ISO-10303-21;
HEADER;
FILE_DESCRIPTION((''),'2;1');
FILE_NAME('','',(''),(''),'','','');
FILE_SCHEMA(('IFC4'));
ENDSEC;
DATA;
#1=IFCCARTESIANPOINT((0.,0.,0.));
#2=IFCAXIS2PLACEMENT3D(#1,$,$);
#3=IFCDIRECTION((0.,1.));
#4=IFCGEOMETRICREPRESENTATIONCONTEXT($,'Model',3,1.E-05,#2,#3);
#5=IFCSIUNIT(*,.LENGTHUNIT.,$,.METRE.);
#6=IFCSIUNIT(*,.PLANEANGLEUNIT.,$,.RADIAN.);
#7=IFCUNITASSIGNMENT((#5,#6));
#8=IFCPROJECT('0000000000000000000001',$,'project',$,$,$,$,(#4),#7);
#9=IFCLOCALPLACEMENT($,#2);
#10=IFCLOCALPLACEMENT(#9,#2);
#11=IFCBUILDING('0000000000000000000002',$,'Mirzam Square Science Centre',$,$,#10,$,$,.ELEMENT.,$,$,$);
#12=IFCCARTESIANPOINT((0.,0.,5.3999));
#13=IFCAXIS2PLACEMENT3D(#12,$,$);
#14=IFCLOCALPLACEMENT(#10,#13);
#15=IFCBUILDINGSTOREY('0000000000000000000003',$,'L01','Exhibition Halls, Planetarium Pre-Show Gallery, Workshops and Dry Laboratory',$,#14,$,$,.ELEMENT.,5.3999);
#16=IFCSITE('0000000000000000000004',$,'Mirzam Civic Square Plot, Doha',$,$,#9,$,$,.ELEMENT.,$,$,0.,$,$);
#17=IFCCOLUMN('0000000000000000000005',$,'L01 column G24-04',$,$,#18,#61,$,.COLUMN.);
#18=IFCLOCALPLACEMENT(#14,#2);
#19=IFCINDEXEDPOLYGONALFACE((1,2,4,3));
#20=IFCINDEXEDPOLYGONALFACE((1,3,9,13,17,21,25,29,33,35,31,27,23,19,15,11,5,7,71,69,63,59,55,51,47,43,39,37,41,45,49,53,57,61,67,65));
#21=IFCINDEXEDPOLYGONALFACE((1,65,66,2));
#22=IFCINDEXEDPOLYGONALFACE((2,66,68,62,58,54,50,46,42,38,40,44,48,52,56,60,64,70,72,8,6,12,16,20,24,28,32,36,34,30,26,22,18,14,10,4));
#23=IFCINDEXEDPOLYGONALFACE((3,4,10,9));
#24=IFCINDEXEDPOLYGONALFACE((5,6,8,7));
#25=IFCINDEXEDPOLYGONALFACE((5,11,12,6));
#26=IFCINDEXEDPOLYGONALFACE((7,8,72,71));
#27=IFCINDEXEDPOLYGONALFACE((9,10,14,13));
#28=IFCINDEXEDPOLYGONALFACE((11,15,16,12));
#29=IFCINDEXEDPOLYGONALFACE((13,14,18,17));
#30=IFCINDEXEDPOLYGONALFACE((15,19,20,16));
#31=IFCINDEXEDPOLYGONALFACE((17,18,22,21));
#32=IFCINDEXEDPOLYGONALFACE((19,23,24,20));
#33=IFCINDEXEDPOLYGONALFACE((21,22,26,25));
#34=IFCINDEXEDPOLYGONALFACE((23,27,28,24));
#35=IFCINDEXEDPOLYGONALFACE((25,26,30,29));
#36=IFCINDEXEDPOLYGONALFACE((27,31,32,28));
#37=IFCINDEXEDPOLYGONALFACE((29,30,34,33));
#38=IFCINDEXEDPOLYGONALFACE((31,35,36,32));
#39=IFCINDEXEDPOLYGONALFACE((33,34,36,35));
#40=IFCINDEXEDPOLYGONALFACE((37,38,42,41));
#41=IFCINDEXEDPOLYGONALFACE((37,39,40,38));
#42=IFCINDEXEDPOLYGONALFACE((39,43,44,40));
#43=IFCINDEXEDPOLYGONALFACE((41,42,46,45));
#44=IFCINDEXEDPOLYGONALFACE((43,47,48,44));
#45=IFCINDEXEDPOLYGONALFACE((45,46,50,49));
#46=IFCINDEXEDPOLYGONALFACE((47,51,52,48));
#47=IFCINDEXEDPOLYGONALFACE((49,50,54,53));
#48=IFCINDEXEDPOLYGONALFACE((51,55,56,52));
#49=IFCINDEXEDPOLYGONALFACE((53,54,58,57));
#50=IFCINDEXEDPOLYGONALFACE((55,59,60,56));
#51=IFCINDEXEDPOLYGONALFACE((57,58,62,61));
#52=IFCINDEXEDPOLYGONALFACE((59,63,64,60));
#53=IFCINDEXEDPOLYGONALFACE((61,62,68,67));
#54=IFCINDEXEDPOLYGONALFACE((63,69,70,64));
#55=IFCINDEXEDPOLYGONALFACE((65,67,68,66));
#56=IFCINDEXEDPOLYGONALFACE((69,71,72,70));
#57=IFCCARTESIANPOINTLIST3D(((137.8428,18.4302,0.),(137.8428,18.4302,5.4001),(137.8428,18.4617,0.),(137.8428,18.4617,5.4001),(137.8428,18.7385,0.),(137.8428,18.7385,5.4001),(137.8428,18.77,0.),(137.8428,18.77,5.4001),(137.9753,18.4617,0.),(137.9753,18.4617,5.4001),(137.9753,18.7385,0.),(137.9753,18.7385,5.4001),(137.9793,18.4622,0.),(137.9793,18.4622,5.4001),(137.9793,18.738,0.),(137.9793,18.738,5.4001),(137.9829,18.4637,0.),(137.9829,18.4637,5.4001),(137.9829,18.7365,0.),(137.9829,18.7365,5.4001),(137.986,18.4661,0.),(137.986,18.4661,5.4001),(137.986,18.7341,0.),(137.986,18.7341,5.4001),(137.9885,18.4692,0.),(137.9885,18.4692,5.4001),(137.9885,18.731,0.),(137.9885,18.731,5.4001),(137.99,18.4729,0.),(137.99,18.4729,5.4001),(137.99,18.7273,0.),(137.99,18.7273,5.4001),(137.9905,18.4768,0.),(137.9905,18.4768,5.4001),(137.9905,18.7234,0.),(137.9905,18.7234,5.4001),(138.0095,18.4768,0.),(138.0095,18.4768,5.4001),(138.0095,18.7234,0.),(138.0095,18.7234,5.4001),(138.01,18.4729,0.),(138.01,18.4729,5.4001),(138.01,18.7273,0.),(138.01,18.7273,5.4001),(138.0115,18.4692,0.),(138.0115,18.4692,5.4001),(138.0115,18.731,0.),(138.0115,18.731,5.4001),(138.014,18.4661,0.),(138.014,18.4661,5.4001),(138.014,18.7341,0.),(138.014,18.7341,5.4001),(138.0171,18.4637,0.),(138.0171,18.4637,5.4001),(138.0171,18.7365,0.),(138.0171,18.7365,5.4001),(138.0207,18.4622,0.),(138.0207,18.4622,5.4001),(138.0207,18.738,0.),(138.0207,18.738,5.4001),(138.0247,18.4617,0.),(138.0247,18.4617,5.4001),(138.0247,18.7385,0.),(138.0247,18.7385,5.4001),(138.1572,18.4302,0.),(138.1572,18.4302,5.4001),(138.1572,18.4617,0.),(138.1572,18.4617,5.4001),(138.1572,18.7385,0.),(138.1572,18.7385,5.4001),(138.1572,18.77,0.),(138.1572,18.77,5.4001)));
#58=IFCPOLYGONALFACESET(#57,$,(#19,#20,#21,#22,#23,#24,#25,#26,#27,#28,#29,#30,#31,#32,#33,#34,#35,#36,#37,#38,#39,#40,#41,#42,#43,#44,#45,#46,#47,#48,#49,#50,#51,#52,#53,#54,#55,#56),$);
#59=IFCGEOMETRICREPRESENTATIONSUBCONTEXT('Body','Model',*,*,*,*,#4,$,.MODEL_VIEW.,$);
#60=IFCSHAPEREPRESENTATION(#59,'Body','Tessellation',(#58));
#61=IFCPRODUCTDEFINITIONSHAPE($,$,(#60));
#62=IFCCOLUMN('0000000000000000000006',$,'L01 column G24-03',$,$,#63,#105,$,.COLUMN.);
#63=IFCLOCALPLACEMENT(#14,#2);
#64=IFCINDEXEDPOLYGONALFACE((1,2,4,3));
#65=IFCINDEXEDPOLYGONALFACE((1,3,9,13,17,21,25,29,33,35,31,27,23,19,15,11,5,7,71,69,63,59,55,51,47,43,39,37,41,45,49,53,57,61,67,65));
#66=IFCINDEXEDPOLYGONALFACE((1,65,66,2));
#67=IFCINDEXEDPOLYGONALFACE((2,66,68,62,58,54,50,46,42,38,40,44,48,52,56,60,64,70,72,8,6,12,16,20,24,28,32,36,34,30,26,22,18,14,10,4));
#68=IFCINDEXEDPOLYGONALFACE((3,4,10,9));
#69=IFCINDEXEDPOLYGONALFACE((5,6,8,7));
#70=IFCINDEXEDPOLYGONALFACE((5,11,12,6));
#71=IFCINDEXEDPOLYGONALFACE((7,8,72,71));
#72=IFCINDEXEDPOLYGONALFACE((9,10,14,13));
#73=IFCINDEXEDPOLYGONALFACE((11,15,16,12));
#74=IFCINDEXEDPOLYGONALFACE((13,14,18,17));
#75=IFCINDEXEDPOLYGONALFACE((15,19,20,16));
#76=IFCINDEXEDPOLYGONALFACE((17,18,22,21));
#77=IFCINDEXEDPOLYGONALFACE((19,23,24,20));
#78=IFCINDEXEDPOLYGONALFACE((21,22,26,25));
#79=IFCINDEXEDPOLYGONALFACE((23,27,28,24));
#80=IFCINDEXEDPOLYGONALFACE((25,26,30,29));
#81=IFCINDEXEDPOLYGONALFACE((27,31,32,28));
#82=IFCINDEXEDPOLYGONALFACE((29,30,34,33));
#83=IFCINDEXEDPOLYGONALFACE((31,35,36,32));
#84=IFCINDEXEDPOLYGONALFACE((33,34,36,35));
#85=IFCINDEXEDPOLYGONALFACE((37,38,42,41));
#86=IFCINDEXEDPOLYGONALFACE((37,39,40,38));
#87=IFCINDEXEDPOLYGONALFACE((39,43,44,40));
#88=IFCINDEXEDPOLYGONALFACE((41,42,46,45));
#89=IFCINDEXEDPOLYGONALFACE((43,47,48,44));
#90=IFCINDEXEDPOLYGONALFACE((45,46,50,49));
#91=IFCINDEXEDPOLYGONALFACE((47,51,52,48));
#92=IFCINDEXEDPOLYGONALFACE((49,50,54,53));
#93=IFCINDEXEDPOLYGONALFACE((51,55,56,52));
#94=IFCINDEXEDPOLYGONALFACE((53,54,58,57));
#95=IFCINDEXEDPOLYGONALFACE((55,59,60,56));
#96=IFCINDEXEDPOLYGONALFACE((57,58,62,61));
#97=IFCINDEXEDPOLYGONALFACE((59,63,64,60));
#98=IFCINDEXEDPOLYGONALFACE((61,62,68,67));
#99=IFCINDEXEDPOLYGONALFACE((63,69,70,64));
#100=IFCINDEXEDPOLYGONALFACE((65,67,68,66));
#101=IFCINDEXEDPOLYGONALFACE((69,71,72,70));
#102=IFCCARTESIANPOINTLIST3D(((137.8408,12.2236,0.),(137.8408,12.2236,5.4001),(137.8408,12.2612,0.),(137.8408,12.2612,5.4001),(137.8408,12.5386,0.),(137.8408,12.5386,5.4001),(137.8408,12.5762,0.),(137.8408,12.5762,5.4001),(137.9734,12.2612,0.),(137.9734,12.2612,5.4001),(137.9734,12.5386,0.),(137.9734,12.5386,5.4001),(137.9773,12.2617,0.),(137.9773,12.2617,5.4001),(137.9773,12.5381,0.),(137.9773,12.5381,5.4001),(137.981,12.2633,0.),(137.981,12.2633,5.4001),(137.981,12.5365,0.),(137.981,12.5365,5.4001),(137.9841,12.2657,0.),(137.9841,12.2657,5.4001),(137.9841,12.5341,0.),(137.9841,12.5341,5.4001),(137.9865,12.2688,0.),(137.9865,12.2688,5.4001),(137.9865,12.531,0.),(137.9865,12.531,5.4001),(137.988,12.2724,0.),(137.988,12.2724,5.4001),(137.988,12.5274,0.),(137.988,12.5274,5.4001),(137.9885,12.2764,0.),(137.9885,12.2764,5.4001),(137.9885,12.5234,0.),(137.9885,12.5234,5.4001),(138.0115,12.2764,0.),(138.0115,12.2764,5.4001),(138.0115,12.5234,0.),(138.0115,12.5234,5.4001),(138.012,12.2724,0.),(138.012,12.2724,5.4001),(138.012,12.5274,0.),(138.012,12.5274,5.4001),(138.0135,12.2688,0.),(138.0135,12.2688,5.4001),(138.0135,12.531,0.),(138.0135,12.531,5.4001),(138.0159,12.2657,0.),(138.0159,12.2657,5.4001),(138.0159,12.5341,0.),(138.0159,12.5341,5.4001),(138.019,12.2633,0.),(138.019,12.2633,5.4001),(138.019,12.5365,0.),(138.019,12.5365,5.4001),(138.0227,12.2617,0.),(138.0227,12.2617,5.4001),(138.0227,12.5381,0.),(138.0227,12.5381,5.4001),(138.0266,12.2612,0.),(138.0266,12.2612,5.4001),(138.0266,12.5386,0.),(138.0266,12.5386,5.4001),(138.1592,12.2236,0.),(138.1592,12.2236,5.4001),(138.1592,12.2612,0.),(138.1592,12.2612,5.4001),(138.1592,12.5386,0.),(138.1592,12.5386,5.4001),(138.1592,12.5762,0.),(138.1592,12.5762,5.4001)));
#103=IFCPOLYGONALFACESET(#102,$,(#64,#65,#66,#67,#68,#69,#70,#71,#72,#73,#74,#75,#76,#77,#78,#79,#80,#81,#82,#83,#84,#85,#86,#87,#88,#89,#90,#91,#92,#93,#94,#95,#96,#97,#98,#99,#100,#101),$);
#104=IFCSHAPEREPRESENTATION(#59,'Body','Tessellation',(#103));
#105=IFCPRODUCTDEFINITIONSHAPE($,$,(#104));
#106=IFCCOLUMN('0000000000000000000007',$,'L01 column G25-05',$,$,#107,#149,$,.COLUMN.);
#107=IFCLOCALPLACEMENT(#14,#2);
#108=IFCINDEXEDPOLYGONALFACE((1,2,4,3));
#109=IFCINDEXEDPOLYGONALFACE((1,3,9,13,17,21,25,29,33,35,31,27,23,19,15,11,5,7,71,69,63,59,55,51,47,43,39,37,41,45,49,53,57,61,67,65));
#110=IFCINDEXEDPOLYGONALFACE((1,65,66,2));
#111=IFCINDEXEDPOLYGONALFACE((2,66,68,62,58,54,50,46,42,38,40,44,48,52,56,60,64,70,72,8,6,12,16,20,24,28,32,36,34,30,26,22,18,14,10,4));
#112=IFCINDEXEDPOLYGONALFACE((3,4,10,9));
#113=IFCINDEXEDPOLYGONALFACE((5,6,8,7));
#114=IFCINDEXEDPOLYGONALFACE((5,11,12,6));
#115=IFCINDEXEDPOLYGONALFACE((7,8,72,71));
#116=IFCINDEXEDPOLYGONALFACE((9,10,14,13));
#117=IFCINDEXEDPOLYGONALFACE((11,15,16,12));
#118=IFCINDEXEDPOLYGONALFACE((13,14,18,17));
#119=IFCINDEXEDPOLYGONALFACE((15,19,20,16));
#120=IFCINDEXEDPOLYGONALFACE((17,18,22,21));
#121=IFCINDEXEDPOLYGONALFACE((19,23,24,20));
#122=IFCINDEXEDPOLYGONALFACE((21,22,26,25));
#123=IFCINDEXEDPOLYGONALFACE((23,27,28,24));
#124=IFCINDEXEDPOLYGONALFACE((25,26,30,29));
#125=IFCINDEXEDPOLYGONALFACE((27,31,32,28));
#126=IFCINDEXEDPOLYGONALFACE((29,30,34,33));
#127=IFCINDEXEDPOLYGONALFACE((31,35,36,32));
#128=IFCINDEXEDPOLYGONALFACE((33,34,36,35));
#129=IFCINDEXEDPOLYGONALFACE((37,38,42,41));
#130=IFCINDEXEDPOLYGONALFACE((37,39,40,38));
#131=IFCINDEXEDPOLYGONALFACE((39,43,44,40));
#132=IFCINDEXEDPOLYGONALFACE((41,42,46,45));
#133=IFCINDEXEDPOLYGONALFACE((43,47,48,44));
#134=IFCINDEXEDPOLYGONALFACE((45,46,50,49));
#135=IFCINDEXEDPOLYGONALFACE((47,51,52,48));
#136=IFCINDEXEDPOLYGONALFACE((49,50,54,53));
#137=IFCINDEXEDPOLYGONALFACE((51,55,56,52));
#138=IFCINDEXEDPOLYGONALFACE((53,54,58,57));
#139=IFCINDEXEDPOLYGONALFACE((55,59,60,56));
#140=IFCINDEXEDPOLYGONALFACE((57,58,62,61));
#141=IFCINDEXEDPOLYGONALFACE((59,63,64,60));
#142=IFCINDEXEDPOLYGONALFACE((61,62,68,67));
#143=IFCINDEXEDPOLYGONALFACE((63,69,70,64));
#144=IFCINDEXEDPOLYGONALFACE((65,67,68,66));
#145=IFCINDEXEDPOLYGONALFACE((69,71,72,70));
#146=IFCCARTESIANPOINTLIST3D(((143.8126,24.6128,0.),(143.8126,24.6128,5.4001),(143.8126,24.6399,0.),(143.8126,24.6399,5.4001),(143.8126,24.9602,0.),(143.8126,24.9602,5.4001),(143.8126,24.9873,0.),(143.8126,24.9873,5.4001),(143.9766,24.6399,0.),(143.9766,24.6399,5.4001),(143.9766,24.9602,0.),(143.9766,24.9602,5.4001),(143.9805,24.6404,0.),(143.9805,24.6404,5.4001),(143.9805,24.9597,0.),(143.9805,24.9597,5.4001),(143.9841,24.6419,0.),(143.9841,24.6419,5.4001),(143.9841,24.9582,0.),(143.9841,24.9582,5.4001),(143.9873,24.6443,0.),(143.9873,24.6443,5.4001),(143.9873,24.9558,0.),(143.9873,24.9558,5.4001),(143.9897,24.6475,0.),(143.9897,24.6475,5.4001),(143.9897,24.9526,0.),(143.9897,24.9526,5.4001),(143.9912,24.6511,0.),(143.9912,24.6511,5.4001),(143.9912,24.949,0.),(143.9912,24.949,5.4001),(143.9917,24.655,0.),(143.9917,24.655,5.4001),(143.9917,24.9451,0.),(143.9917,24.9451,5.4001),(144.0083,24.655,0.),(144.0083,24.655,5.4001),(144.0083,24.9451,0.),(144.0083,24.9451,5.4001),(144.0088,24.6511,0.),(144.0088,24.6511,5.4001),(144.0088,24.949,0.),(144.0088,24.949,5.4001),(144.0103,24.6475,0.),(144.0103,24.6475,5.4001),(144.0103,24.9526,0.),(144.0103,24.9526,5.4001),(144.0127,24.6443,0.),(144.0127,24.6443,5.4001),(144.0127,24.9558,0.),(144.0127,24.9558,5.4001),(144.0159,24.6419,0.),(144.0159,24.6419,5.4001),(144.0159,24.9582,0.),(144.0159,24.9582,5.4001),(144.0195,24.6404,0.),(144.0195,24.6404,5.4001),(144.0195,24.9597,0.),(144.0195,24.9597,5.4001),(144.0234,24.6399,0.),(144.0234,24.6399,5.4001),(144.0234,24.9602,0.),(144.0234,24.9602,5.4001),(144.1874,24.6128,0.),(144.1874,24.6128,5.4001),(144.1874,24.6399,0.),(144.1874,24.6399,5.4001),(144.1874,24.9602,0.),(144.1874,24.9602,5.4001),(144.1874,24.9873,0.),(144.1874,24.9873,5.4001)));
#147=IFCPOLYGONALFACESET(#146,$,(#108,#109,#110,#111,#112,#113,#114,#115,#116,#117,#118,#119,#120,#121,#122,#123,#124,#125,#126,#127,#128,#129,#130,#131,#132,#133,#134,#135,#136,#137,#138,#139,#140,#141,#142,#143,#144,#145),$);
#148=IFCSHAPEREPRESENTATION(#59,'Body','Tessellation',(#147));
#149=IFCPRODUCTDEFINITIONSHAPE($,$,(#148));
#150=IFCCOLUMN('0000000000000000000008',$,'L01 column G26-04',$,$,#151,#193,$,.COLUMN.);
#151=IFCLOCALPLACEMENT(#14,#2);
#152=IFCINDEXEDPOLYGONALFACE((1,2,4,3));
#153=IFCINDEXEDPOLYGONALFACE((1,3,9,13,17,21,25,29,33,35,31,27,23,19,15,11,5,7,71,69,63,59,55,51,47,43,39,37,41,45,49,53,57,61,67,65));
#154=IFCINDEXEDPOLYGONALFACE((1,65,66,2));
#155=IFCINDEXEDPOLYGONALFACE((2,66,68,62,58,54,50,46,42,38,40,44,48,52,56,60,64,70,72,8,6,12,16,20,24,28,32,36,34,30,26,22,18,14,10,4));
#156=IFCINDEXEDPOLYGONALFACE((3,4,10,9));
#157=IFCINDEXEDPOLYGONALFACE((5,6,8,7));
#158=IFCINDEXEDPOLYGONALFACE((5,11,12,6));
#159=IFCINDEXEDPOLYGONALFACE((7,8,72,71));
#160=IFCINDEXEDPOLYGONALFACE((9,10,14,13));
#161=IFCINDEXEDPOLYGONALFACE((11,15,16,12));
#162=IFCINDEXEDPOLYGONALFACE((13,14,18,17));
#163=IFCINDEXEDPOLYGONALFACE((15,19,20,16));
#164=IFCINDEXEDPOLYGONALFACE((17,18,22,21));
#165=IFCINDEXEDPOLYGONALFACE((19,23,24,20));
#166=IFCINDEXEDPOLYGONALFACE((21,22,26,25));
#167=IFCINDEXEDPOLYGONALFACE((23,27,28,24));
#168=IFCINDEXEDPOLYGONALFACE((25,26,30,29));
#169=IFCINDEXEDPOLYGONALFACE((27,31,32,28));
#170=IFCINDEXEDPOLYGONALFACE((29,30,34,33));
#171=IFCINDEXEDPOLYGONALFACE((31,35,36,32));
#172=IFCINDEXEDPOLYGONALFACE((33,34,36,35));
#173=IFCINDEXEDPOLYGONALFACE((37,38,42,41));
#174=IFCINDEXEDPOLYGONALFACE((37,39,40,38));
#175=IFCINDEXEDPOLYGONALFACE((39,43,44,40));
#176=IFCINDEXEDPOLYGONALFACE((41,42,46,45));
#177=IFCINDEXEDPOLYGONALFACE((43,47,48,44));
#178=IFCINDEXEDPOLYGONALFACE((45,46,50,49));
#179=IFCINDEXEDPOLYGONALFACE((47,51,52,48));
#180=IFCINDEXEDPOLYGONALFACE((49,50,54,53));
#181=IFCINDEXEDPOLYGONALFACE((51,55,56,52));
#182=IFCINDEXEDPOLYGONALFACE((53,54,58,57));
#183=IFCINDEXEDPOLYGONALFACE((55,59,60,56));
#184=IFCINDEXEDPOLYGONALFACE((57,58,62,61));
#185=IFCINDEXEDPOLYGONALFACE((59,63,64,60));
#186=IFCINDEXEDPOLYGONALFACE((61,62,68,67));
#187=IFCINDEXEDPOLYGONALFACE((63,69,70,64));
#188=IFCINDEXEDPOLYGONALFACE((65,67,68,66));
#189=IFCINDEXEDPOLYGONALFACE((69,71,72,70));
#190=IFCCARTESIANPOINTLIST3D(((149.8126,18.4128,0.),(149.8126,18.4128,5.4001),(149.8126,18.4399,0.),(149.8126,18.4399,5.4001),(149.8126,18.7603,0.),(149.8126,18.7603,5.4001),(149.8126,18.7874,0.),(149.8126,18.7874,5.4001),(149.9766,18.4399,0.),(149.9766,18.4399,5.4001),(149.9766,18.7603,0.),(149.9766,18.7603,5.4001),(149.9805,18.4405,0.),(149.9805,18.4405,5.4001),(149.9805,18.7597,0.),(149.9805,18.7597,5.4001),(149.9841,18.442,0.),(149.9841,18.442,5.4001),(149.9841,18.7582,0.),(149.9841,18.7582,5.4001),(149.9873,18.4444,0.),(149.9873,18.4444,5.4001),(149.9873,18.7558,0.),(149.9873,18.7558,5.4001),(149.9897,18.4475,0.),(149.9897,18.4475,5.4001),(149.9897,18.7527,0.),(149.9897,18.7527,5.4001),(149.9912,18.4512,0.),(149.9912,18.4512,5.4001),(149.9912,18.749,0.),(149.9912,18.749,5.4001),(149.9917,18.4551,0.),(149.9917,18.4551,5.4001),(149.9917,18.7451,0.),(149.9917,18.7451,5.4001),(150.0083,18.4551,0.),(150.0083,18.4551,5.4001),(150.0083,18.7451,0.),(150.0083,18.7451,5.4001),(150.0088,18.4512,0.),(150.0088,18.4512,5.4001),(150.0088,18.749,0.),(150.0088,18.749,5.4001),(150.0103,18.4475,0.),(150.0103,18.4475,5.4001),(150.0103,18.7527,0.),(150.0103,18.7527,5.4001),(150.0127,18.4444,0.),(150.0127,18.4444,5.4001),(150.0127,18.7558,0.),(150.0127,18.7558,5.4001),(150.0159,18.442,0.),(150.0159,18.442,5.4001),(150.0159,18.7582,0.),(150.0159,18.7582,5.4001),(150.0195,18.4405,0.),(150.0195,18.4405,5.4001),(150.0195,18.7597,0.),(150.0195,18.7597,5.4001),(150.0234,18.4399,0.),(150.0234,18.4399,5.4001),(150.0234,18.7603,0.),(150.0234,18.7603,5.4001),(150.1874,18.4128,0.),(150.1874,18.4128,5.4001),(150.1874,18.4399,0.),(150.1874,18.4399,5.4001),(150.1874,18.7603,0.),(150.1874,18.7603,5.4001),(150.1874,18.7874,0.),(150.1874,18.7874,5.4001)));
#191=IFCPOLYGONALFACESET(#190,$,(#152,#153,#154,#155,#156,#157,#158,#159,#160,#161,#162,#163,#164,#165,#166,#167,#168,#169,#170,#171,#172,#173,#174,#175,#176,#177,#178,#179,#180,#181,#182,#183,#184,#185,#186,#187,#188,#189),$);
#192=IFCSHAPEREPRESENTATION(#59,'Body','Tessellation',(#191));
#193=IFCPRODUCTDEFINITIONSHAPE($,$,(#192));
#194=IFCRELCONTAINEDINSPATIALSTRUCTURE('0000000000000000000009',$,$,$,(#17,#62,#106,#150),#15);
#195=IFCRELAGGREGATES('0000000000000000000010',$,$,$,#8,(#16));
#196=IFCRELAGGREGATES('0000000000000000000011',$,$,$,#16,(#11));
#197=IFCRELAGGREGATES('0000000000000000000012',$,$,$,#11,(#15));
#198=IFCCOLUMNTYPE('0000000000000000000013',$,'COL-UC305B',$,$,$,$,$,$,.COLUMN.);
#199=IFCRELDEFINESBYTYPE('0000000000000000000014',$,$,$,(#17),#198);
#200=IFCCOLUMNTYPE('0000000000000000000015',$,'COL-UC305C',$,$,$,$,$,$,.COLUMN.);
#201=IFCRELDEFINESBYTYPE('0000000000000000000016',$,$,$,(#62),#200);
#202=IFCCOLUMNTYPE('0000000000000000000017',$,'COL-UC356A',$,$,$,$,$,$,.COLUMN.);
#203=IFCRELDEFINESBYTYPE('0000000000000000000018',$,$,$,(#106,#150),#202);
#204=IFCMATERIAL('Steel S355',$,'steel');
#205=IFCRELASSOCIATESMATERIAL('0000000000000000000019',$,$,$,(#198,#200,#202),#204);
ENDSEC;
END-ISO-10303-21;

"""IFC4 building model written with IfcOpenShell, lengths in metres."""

from ifc_helpers import new_model, si_unit, direction, frame, origin, origin_2d, place, context, subcontext, project, spatial, i_section, extrude, material, material_profile, profile_set, type_object, element, save


model = new_model("IFC4")

# Units and contexts
model_context = context("Model", 3, precision=1e-05, world=origin(), true_north=direction((0.0, 1.0)))
body_context = subcontext(model_context, "Body", "Model", "MODEL_VIEW")
ifc_project = project(units=[si_unit("LENGTHUNIT", "METRE"), si_unit("PLANEANGLEUNIT", "RADIAN")], contexts=[model_context])

# Site, building, storey
site_placement = place(None, origin())
site = spatial("IfcSite", under=ifc_project, at=site_placement, Name="Mirzam Civic Square Plot, Doha", CompositionType="ELEMENT", RefElevation=0.0)
building_placement = place(site_placement, origin())
building = spatial("IfcBuilding", under=site, at=building_placement, Name="Mirzam Square Science Centre", CompositionType="ELEMENT")
storey_placement = place(building_placement, frame((0.0, 0.0, 5.3999)))
storey = spatial("IfcBuildingStorey", under=building, at=storey_placement, Name="L01", Description="Exhibition Halls, Planetarium Pre-Show Gallery, Workshops and Dry Laboratory", CompositionType="ELEMENT", Elevation=5.3999)

# Columns
ifc_material_1 = material(Name="Steel S355", Category="steel")
ifc_material_profile_1 = material_profile(ifc_material_1, i_section(OverallWidth=0.3145, OverallDepth=0.3398, WebThickness=0.019, FlangeThickness=0.0315, FilletRadius=0.0151, at=origin_2d()), Name="305x305x198UC")
ifc_profile_set_1 = profile_set([ifc_material_profile_1], Name="Steel S355")
column_type_1 = type_object("IfcColumnType", Name="COL-UC305B", PredefinedType="COLUMN", material=ifc_profile_set_1)
column_1_placement = place(storey_placement, frame((138.0, 18.6001, 0.0), z_axis=(0.0, 0.0, 1.0), x_axis=(1.0, 0.0, 0.0)))
element("IfcColumn", 1, at=column_1_placement, inside=storey, type_object=column_type_1, Name="L01 column G24-04", PredefinedType="COLUMN", context=body_context, shape_type="SweptSolid", body=[
    extrude(i_section(OverallWidth=0.3145, OverallDepth=0.3398, WebThickness=0.019, FlangeThickness=0.0315, FilletRadius=0.0151, at=origin_2d()), origin(), (0.0, 0.0, 1.0), 5.4001),
])
ifc_material_profile_2 = material_profile(ifc_material_1, i_section(OverallWidth=0.3184, OverallDepth=0.3525, WebThickness=0.0229, FlangeThickness=0.0376, FilletRadius=0.0151, at=origin_2d()), Name="305x305x240UC")
ifc_profile_set_2 = profile_set([ifc_material_profile_2], Name="Steel S355")
column_type_2 = type_object("IfcColumnType", Name="COL-UC305C", PredefinedType="COLUMN", material=ifc_profile_set_2)
column_2_placement = place(storey_placement, frame((138.0, 12.3999, 0.0), z_axis=(0.0, 0.0, 1.0), x_axis=(1.0, 0.0, 0.0)))
element("IfcColumn", 2, at=column_2_placement, inside=storey, type_object=column_type_2, Name="L01 column G24-03", PredefinedType="COLUMN", context=body_context, shape_type="SweptSolid", body=[
    extrude(i_section(OverallWidth=0.3184, OverallDepth=0.3525, WebThickness=0.0229, FlangeThickness=0.0376, FilletRadius=0.0151, at=origin_2d()), origin(), (0.0, 0.0, 1.0), 5.4001),
])
ifc_material_profile_3 = material_profile(ifc_material_1, i_section(OverallWidth=0.3748, OverallDepth=0.3745, WebThickness=0.0166, FlangeThickness=0.0271, FilletRadius=0.0151, at=origin_2d()), Name="356x368x202UC")
ifc_profile_set_3 = profile_set([ifc_material_profile_3], Name="Steel S355")
column_type_3 = type_object("IfcColumnType", Name="COL-UC356A", PredefinedType="COLUMN", material=ifc_profile_set_3)
for number, where, z_axis, x_axis, name in (
    (3, (144.0, 24.8, 0.0), (0.0, 0.0, 1.0), (1.0, 0.0, 0.0), "L01 column G25-05"),
    (4, (150.0, 18.6001, 0.0), (0.0, 0.0, 1.0), (1.0, 0.0, 0.0), "L01 column G26-04"),
):
    element("IfcColumn", number, at=place(storey_placement, frame(where, z_axis=z_axis, x_axis=x_axis)), inside=storey, type_object=column_type_3, Name=name, PredefinedType="COLUMN", context=body_context, shape_type="SweptSolid", body=[
        extrude(i_section(OverallWidth=0.3748, OverallDepth=0.3745, WebThickness=0.0166, FlangeThickness=0.0271, FilletRadius=0.0151, at=origin_2d()), origin(), (0.0, 0.0, 1.0), 5.4001),
    ])

save(model, "model.ifc")
